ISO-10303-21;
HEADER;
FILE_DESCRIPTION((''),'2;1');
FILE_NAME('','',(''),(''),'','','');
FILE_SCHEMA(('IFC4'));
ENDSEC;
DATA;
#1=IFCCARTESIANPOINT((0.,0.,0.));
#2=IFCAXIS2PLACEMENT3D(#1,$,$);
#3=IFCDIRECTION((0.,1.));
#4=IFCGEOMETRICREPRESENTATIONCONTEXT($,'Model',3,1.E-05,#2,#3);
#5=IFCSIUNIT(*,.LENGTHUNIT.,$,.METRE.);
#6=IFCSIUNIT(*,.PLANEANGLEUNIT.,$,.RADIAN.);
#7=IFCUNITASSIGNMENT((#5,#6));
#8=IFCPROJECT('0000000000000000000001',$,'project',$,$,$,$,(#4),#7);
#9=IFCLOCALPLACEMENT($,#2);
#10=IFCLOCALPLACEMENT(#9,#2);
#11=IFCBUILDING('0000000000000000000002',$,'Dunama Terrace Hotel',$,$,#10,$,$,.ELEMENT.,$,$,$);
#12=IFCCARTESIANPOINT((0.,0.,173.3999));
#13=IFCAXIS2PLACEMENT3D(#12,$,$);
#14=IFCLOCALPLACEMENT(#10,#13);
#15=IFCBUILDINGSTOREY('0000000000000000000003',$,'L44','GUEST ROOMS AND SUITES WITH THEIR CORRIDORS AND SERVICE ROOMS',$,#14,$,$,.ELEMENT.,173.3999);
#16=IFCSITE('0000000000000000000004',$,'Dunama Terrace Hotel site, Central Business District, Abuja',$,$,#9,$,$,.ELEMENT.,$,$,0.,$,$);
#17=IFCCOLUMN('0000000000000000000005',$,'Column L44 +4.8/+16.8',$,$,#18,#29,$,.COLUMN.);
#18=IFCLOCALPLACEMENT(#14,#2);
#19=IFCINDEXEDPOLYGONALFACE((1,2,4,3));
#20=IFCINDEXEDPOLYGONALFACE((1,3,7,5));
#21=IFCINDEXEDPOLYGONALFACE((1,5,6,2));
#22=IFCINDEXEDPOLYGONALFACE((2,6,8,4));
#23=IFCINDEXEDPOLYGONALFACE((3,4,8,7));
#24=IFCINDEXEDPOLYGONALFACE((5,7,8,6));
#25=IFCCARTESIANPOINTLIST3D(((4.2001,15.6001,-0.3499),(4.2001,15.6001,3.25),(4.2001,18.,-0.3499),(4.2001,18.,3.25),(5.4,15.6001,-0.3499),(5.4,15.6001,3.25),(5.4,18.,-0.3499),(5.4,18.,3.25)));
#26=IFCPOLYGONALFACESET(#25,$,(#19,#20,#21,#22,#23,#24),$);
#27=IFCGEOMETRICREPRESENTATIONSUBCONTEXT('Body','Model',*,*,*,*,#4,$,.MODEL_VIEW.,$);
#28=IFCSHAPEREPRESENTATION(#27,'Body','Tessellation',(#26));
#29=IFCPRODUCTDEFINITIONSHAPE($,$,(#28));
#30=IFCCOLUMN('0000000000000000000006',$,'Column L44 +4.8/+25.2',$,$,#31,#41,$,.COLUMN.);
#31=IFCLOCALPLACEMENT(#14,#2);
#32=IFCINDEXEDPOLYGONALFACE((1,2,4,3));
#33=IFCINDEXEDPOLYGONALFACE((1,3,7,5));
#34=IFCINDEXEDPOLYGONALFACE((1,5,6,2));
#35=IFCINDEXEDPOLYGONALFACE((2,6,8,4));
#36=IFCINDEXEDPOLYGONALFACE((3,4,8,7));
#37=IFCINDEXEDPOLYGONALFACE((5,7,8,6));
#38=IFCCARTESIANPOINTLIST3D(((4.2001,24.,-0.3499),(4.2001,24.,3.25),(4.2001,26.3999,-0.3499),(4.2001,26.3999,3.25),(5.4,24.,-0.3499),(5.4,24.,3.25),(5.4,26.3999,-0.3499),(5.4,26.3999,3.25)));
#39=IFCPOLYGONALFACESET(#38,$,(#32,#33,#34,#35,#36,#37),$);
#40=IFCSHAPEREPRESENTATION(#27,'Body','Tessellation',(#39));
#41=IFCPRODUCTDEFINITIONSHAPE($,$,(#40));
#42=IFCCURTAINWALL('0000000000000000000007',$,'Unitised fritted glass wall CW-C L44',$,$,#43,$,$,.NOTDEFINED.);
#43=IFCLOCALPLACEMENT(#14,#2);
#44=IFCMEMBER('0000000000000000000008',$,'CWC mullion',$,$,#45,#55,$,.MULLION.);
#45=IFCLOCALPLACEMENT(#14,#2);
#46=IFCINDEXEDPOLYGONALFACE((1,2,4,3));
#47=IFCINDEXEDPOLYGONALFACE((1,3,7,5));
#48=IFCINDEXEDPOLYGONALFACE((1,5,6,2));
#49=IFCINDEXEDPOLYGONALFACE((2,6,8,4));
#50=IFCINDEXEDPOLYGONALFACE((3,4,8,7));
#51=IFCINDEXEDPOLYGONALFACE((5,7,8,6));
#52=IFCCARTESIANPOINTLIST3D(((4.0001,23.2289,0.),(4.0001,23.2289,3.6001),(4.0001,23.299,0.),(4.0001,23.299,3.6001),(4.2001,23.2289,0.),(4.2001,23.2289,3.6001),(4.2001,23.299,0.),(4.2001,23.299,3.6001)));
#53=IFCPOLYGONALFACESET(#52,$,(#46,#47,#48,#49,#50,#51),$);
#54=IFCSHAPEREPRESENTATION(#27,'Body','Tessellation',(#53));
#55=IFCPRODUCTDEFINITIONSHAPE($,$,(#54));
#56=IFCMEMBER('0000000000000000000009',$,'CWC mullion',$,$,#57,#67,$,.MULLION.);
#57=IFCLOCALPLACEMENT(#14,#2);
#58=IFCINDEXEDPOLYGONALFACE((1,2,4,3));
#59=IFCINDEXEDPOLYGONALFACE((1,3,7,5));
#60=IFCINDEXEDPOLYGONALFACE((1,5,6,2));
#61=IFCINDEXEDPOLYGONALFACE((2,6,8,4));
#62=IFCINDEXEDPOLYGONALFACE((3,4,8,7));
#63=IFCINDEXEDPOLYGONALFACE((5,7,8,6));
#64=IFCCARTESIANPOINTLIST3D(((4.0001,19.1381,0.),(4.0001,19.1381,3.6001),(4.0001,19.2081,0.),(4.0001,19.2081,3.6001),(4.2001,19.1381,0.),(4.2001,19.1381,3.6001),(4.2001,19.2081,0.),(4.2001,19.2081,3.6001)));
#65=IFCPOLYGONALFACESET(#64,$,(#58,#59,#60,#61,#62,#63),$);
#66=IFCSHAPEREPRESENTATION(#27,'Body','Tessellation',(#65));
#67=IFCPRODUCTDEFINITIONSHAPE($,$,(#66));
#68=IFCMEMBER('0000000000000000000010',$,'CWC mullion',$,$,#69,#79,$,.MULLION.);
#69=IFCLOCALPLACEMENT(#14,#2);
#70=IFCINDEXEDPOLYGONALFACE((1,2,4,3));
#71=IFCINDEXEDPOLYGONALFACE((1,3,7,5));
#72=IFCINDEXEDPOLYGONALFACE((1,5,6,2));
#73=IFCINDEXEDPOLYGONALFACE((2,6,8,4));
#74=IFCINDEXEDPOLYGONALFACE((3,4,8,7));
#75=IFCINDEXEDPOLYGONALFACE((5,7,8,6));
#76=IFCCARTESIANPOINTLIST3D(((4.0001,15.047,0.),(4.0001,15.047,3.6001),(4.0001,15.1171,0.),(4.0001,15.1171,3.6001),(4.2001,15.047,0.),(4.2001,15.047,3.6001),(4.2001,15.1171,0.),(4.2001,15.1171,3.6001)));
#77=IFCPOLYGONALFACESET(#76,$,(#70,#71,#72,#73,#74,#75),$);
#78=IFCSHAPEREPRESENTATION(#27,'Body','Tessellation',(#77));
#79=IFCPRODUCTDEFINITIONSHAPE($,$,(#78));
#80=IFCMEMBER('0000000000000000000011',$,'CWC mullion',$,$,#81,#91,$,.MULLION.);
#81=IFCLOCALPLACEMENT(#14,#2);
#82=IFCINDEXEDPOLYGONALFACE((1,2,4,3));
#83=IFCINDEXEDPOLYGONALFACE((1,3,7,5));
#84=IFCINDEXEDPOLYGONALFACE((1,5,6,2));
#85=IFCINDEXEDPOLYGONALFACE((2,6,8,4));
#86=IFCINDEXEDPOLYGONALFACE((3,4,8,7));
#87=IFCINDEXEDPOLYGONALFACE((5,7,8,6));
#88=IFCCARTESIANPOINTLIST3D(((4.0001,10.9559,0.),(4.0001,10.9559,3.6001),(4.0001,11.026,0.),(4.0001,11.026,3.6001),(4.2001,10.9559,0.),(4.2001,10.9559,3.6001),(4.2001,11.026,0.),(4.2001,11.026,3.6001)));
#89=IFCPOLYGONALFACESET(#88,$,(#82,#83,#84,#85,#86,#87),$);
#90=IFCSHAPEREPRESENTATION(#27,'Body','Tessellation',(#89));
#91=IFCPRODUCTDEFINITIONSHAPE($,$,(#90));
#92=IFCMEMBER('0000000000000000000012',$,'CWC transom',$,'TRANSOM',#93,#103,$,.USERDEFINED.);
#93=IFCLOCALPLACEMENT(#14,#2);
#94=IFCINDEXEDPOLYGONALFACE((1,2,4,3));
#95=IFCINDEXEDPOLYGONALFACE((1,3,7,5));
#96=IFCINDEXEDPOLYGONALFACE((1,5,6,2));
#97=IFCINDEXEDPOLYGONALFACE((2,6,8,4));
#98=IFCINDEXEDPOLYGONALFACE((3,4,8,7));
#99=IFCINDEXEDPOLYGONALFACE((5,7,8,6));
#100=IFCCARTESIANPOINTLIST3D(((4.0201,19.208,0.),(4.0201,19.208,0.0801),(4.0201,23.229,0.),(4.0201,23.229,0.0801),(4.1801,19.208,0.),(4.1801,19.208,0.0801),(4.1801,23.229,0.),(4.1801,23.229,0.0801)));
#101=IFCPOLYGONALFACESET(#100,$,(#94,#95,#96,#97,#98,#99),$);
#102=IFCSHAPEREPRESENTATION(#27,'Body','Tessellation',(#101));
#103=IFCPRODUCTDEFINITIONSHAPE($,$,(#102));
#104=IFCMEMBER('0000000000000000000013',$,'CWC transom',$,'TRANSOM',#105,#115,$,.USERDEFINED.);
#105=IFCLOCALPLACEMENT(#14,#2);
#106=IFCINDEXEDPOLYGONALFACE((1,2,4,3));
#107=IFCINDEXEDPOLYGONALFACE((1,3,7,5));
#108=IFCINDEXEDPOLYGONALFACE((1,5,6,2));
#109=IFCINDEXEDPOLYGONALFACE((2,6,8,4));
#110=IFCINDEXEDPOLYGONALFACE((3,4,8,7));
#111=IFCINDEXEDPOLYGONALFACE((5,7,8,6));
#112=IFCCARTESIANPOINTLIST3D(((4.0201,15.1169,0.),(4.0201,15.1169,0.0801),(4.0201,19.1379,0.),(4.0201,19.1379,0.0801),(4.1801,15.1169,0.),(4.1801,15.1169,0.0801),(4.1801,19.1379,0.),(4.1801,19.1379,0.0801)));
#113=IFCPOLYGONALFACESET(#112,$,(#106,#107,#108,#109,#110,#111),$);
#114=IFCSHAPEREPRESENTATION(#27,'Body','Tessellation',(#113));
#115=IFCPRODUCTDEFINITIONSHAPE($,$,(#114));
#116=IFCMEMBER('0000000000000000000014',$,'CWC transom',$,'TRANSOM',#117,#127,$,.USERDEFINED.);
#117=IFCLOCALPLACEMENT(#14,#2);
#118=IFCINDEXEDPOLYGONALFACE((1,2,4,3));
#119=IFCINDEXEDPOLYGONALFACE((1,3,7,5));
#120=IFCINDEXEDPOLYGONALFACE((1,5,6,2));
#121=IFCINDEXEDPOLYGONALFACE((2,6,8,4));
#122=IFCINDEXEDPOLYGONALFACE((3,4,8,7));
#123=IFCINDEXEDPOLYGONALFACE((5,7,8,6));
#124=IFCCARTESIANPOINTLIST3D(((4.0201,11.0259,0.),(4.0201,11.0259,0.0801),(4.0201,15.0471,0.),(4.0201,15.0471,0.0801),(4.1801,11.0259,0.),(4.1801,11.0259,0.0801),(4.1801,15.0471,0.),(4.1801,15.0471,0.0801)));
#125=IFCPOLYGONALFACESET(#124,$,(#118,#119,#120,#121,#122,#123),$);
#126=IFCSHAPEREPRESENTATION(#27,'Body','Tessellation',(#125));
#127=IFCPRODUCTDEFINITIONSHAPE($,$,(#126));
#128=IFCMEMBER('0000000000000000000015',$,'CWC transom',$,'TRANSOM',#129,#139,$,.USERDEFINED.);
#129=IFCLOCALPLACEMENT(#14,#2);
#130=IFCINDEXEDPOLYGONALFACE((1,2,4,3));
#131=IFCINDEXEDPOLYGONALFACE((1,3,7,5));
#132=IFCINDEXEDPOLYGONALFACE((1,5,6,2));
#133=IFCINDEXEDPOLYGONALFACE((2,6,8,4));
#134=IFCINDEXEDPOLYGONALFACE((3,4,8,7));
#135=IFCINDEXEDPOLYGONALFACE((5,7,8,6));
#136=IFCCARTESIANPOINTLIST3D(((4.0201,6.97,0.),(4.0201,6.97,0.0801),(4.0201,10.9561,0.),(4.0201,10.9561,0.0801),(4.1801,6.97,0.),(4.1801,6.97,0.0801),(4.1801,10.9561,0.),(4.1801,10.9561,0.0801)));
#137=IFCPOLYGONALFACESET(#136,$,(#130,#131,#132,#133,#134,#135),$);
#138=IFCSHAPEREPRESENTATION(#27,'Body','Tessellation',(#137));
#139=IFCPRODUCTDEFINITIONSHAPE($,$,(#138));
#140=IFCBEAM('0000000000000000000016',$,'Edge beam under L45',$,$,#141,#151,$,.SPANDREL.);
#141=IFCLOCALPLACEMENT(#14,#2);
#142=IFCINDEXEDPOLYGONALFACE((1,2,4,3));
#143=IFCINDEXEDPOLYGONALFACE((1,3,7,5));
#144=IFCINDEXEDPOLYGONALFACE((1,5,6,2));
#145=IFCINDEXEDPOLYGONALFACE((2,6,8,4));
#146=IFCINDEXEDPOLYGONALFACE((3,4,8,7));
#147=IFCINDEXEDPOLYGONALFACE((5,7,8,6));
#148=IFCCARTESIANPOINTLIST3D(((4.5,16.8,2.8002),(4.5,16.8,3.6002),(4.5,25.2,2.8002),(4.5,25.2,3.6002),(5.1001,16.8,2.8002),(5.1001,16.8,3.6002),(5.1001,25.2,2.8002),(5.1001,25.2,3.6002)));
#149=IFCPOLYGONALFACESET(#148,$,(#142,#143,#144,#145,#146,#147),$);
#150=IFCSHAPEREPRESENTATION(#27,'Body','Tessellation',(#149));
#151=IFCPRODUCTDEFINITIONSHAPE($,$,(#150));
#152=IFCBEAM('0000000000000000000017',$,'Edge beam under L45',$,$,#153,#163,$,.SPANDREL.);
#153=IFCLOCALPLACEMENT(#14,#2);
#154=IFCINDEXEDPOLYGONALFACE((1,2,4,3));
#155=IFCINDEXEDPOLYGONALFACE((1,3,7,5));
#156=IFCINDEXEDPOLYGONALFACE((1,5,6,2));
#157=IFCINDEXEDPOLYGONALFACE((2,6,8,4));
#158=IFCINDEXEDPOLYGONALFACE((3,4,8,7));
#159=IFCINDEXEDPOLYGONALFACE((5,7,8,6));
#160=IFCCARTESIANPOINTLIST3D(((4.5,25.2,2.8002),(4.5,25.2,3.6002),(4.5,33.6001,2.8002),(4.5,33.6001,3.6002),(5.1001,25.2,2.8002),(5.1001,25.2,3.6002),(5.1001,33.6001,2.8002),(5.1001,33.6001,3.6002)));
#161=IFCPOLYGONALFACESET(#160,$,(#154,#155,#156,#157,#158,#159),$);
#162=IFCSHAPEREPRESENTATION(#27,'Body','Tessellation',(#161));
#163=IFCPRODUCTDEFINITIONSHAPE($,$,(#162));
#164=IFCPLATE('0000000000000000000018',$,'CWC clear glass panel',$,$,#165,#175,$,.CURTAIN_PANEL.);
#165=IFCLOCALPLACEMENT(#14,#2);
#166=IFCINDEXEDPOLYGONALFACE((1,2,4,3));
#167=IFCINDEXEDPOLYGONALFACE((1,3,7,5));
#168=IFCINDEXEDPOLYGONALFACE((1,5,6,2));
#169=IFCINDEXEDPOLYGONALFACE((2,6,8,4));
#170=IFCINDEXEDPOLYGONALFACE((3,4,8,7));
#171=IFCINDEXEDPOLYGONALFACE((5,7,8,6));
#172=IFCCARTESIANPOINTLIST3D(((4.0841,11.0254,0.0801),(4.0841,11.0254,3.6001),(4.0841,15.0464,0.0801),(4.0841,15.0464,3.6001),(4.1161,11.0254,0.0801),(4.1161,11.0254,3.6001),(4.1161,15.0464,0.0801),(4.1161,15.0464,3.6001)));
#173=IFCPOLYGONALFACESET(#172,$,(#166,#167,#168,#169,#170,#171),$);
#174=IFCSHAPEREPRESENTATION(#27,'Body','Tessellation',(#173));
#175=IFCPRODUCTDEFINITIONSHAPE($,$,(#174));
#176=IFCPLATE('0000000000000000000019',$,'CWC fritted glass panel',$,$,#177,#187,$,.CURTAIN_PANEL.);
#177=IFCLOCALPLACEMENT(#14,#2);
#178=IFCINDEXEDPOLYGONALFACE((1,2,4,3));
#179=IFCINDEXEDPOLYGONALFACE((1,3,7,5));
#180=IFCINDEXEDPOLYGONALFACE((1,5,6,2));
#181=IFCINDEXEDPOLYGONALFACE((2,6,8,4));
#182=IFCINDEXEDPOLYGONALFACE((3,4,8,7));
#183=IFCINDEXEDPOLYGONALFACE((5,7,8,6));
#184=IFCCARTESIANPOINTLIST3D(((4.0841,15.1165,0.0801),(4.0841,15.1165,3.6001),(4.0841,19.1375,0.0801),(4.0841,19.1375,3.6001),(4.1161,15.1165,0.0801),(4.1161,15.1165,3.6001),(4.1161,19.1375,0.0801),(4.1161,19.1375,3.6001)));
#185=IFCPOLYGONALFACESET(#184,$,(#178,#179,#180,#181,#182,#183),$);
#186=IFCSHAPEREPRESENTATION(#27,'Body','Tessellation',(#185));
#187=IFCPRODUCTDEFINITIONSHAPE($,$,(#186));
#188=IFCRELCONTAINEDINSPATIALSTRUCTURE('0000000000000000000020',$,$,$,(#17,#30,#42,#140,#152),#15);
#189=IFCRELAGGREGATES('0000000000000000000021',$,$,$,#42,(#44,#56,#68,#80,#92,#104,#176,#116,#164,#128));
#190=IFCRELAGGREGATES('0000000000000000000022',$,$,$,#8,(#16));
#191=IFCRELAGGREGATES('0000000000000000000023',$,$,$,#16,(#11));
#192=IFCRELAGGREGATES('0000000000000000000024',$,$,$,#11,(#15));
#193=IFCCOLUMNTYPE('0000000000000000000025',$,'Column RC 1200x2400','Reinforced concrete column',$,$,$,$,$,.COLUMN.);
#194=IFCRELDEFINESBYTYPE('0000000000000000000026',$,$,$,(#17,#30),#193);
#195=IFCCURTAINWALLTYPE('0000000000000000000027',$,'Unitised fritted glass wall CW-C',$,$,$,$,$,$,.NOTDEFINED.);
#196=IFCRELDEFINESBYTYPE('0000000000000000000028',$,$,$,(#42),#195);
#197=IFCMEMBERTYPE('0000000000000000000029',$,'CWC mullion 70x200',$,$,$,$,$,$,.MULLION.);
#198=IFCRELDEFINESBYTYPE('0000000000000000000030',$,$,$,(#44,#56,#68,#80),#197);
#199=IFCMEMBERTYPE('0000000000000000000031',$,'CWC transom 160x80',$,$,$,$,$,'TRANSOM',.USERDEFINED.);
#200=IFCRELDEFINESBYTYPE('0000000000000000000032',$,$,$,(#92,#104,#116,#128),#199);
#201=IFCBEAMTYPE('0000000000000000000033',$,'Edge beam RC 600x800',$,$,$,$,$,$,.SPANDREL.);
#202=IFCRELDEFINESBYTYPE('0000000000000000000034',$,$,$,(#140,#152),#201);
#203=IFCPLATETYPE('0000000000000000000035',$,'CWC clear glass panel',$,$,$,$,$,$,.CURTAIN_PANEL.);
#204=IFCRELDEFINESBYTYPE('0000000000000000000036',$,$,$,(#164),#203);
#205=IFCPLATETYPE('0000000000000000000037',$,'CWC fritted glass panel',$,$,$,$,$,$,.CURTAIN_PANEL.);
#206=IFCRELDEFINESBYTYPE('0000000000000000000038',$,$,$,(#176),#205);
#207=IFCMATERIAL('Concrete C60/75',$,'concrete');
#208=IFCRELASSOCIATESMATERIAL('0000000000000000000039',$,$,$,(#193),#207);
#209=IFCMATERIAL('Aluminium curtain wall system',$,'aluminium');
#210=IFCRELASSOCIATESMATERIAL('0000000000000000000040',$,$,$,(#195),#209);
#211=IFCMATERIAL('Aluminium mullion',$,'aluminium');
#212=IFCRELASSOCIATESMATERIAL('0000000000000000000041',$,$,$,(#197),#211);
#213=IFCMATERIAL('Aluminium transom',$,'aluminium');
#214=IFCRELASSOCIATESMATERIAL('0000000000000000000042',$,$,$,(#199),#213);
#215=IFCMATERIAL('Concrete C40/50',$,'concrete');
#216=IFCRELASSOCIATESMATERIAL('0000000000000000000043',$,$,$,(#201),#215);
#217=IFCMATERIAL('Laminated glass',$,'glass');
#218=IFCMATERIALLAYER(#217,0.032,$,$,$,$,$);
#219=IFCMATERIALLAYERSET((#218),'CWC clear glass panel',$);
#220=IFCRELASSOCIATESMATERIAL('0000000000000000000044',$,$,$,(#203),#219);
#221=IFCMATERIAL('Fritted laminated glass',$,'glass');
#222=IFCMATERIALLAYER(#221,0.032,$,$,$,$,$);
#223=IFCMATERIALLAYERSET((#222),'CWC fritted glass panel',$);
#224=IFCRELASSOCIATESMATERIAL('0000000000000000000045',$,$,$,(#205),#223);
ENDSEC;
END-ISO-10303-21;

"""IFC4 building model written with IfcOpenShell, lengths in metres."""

from ifc_helpers import new_model, si_unit, direction, frame, origin, origin_2d, place, context, subcontext, project, spatial, rectangle, extrude, material, layer, layer_set, material_profile, profile_set, type_object, element, aggregate, save


model = new_model("IFC4")

# Units and contexts
model_context = context("Model", 3, precision=1e-05, world=origin(), true_north=direction((0.0, 1.0)))
body_context = subcontext(model_context, "Body", "Model", "MODEL_VIEW")
ifc_project = project(units=[si_unit("LENGTHUNIT", "METRE"), si_unit("PLANEANGLEUNIT", "RADIAN")], contexts=[model_context])

# Site, building, storey
site_placement = place(None, origin())
site = spatial("IfcSite", under=ifc_project, at=site_placement, Name="Dunama Terrace Hotel site, Central Business District, Abuja", CompositionType="ELEMENT", RefElevation=0.0)
building_placement = place(site_placement, origin())
building = spatial("IfcBuilding", under=site, at=building_placement, Name="Dunama Terrace Hotel", CompositionType="ELEMENT")
storey_placement = place(building_placement, frame((0.0, 0.0, 173.3999)))
storey = spatial("IfcBuildingStorey", under=building, at=storey_placement, Name="L44", Description="GUEST ROOMS AND SUITES WITH THEIR CORRIDORS AND SERVICE ROOMS", CompositionType="ELEMENT", Elevation=173.3999)

# Columns
ifc_material_1 = material(Name="Concrete C60/75", Category="concrete")
ifc_material_profile_1 = material_profile(ifc_material_1, rectangle(XDim=1.2, YDim=2.3999, at=origin_2d()), Name="RC 1200x2400")
ifc_profile_set_1 = profile_set([ifc_material_profile_1], Name="Concrete C60/75")
column_type = type_object("IfcColumnType", Name="Column RC 1200x2400", Description="Reinforced concrete column", PredefinedType="COLUMN", material=ifc_profile_set_1)
for number, where, z_axis, x_axis, name in (
    (1, (4.8, 16.8, -0.3499), (0.0, 0.0, 1.0), (1.0, 0.0, 0.0), "Column L44 +4.8/+16.8"),
    (2, (4.8, 25.2, -0.3499), (0.0, 0.0, 1.0), (1.0, 0.0, 0.0), "Column L44 +4.8/+25.2"),
):
    element("IfcColumn", number, at=place(storey_placement, frame(where, z_axis=z_axis, x_axis=x_axis)), inside=storey, type_object=column_type, Name=name, PredefinedType="COLUMN", context=body_context, shape_type="SweptSolid", body=[
        extrude(rectangle(XDim=1.2, YDim=2.3999, at=origin_2d()), origin(), (0.0, 0.0, 1.0), 3.5999),
    ])

# Curtain wall, members
ifc_material_2 = material(Name="Aluminium curtain wall system", Category="aluminium")
curtain_wall_type = type_object("IfcCurtainWallType", Name="Unitised fritted glass wall CW-C", PredefinedType="NOTDEFINED", material=ifc_material_2)
curtain_wall_placement = place(storey_placement, origin())
curtain_wall = element("IfcCurtainWall", 3, at=curtain_wall_placement, inside=storey, type_object=curtain_wall_type, Name="Unitised fritted glass wall CW-C L44", PredefinedType="NOTDEFINED")
ifc_material_3 = material(Name="Aluminium mullion", Category="aluminium")
ifc_material_profile_2 = material_profile(ifc_material_3, rectangle(XDim=0.0701, YDim=0.2, at=origin_2d()), Name="CWC MULLION 70X200")
ifc_profile_set_2 = profile_set([ifc_material_profile_2], Name="Aluminium mullion")
member_type_1 = type_object("IfcMemberType", Name="CWC mullion 70x200", PredefinedType="MULLION", material=ifc_profile_set_2)
member_1_placement = place(storey_placement, frame((4.1001, 23.2639, 0.0), z_axis=(0.0, 0.0, 1.0), x_axis=(0.0, -1.0, 0.0)))
member_1 = element("IfcMember", 4, at=member_1_placement, type_object=member_type_1, Name="CWC mullion", PredefinedType="MULLION", context=body_context, shape_type="SweptSolid", body=[
    extrude(rectangle(XDim=0.0701, YDim=0.2, at=origin_2d()), origin(), (0.0, 0.0, 1.0), 3.6001),
])
member_2_placement = place(storey_placement, frame((4.1001, 19.1731, 0.0), z_axis=(0.0, 0.0, 1.0), x_axis=(0.0, -1.0, 0.0)))
member_2 = element("IfcMember", 5, at=member_2_placement, type_object=member_type_1, Name="CWC mullion", PredefinedType="MULLION", context=body_context, shape_type="SweptSolid", body=[
    extrude(rectangle(XDim=0.0701, YDim=0.2, at=origin_2d()), origin(), (0.0, 0.0, 1.0), 3.6001),
])
member_3_placement = place(storey_placement, frame((4.1001, 15.082, 0.0), z_axis=(0.0, 0.0, 1.0), x_axis=(0.0, -1.0, 0.0)))
member_3 = element("IfcMember", 6, at=member_3_placement, type_object=member_type_1, Name="CWC mullion", PredefinedType="MULLION", context=body_context, shape_type="SweptSolid", body=[
    extrude(rectangle(XDim=0.0701, YDim=0.2, at=origin_2d()), origin(), (0.0, 0.0, 1.0), 3.6001),
])
member_4_placement = place(storey_placement, frame((4.1001, 10.991, 0.0), z_axis=(0.0, 0.0, 1.0), x_axis=(0.0, -1.0, 0.0)))
member_4 = element("IfcMember", 7, at=member_4_placement, type_object=member_type_1, Name="CWC mullion", PredefinedType="MULLION", context=body_context, shape_type="SweptSolid", body=[
    extrude(rectangle(XDim=0.0701, YDim=0.2, at=origin_2d()), origin(), (0.0, 0.0, 1.0), 3.6001),
])
ifc_material_4 = material(Name="Aluminium transom", Category="aluminium")
ifc_material_profile_3 = material_profile(ifc_material_4, rectangle(XDim=0.1599, YDim=0.0801, at=origin_2d()), Name="CWC TRANSOM 160X80")
ifc_profile_set_3 = profile_set([ifc_material_profile_3], Name="Aluminium transom")
member_type_2 = type_object("IfcMemberType", Name="CWC transom 160x80", ElementType="TRANSOM", PredefinedType="USERDEFINED", material=ifc_profile_set_3)
member_5_placement = place(storey_placement, frame((4.1001, 23.229, 0.04), z_axis=(0.0, -1.0, 0.0), x_axis=(1.0, 0.0, 0.0)))
member_5 = element("IfcMember", 8, at=member_5_placement, type_object=member_type_2, Name="CWC transom", ObjectType="TRANSOM", PredefinedType="USERDEFINED", context=body_context, shape_type="SweptSolid", body=[
    extrude(rectangle(XDim=0.1599, YDim=0.0801, at=origin_2d()), origin(), (0.0, 0.0, 1.0), 4.021),
])
member_6_placement = place(storey_placement, frame((4.1001, 19.1379, 0.04), z_axis=(0.0, -1.0, 0.0), x_axis=(1.0, 0.0, 0.0)))
member_6 = element("IfcMember", 9, at=member_6_placement, type_object=member_type_2, Name="CWC transom", ObjectType="TRANSOM", PredefinedType="USERDEFINED", context=body_context, shape_type="SweptSolid", body=[
    extrude(rectangle(XDim=0.1599, YDim=0.0801, at=origin_2d()), origin(), (0.0, 0.0, 1.0), 4.021),
])
member_7_placement = place(storey_placement, frame((4.1001, 15.0471, 0.04), z_axis=(0.0, -1.0, 0.0), x_axis=(1.0, 0.0, 0.0)))
member_7 = element("IfcMember", 10, at=member_7_placement, type_object=member_type_2, Name="CWC transom", ObjectType="TRANSOM", PredefinedType="USERDEFINED", context=body_context, shape_type="SweptSolid", body=[
    extrude(rectangle(XDim=0.1599, YDim=0.0801, at=origin_2d()), origin(), (0.0, 0.0, 1.0), 4.0212),
])
member_8_placement = place(storey_placement, frame((4.1001, 10.9561, 0.04), z_axis=(0.0, -1.0, 0.0), x_axis=(1.0, 0.0, 0.0)))
member_8 = element("IfcMember", 11, at=member_8_placement, type_object=member_type_2, Name="CWC transom", ObjectType="TRANSOM", PredefinedType="USERDEFINED", context=body_context, shape_type="SweptSolid", body=[
    extrude(rectangle(XDim=0.1599, YDim=0.0801, at=origin_2d()), origin(), (0.0, 0.0, 1.0), 3.9861),
])

# Beams
ifc_material_5 = material(Name="Concrete C40/50", Category="concrete")
ifc_material_profile_4 = material_profile(ifc_material_5, rectangle(XDim=0.6001, YDim=0.8, at=origin_2d()), Name="RC 600x800")
ifc_profile_set_4 = profile_set([ifc_material_profile_4], Name="Concrete C40/50")
beam_type = type_object("IfcBeamType", Name="Edge beam RC 600x800", PredefinedType="SPANDREL", material=ifc_profile_set_4)
beam_1_placement = place(storey_placement, frame((4.8, 16.8, 3.2002), z_axis=(0.0, 1.0, 0.0), x_axis=(-1.0, 0.0, 0.0)))
element("IfcBeam", 12, at=beam_1_placement, inside=storey, type_object=beam_type, Name="Edge beam under L45", PredefinedType="SPANDREL", context=body_context, shape_type="SweptSolid", body=[
    extrude(rectangle(XDim=0.6001, YDim=0.8, at=origin_2d()), origin(), (0.0, 0.0, 1.0), 8.3999),
])
beam_2_placement = place(storey_placement, frame((4.8, 25.2, 3.2002), z_axis=(0.0, 1.0, 0.0), x_axis=(-1.0, 0.0, 0.0)))
element("IfcBeam", 13, at=beam_2_placement, inside=storey, type_object=beam_type, Name="Edge beam under L45", PredefinedType="SPANDREL", context=body_context, shape_type="SweptSolid", body=[
    extrude(rectangle(XDim=0.6001, YDim=0.8, at=origin_2d()), origin(), (0.0, 0.0, 1.0), 8.4001),
])

# Plates
ifc_material_6 = material(Name="Laminated glass", Category="glass")
ifc_layer_1 = layer(ifc_material_6, 0.032)
ifc_layer_set_1 = layer_set([ifc_layer_1], Name="CWC clear glass panel")
plate_type_1 = type_object("IfcPlateType", Name="CWC clear glass panel", PredefinedType="CURTAIN_PANEL", material=ifc_layer_set_1)
plate_1_placement = place(storey_placement, frame((4.1001, 13.0359, 0.0801), z_axis=(0.0, 0.0, 1.0), x_axis=(0.0, -1.0, 0.0)))
plate_1 = element("IfcPlate", 14, at=plate_1_placement, type_object=plate_type_1, Name="CWC clear glass panel", PredefinedType="CURTAIN_PANEL", context=body_context, shape_type="SweptSolid", body=[
    extrude(rectangle(XDim=4.021, YDim=0.032, at=origin_2d()), origin(), (0.0, 0.0, 1.0), 3.52),
])
ifc_material_7 = material(Name="Fritted laminated glass", Category="glass")
ifc_layer_2 = layer(ifc_material_7, 0.032)
ifc_layer_set_2 = layer_set([ifc_layer_2], Name="CWC fritted glass panel")
plate_type_2 = type_object("IfcPlateType", Name="CWC fritted glass panel", PredefinedType="CURTAIN_PANEL", material=ifc_layer_set_2)
plate_2_placement = place(storey_placement, frame((4.1001, 17.127, 0.0801), z_axis=(0.0, 0.0, 1.0), x_axis=(0.0, -1.0, 0.0)))
plate_2 = element("IfcPlate", 15, at=plate_2_placement, type_object=plate_type_2, Name="CWC fritted glass panel", PredefinedType="CURTAIN_PANEL", context=body_context, shape_type="SweptSolid", body=[
    extrude(rectangle(XDim=4.021, YDim=0.032, at=origin_2d()), origin(), (0.0, 0.0, 1.0), 3.52),
])
aggregate(curtain_wall, [member_1, member_2, member_3, member_4, member_5, member_6, plate_2, member_7, plate_1, member_8])

save(model, "model.ifc")
